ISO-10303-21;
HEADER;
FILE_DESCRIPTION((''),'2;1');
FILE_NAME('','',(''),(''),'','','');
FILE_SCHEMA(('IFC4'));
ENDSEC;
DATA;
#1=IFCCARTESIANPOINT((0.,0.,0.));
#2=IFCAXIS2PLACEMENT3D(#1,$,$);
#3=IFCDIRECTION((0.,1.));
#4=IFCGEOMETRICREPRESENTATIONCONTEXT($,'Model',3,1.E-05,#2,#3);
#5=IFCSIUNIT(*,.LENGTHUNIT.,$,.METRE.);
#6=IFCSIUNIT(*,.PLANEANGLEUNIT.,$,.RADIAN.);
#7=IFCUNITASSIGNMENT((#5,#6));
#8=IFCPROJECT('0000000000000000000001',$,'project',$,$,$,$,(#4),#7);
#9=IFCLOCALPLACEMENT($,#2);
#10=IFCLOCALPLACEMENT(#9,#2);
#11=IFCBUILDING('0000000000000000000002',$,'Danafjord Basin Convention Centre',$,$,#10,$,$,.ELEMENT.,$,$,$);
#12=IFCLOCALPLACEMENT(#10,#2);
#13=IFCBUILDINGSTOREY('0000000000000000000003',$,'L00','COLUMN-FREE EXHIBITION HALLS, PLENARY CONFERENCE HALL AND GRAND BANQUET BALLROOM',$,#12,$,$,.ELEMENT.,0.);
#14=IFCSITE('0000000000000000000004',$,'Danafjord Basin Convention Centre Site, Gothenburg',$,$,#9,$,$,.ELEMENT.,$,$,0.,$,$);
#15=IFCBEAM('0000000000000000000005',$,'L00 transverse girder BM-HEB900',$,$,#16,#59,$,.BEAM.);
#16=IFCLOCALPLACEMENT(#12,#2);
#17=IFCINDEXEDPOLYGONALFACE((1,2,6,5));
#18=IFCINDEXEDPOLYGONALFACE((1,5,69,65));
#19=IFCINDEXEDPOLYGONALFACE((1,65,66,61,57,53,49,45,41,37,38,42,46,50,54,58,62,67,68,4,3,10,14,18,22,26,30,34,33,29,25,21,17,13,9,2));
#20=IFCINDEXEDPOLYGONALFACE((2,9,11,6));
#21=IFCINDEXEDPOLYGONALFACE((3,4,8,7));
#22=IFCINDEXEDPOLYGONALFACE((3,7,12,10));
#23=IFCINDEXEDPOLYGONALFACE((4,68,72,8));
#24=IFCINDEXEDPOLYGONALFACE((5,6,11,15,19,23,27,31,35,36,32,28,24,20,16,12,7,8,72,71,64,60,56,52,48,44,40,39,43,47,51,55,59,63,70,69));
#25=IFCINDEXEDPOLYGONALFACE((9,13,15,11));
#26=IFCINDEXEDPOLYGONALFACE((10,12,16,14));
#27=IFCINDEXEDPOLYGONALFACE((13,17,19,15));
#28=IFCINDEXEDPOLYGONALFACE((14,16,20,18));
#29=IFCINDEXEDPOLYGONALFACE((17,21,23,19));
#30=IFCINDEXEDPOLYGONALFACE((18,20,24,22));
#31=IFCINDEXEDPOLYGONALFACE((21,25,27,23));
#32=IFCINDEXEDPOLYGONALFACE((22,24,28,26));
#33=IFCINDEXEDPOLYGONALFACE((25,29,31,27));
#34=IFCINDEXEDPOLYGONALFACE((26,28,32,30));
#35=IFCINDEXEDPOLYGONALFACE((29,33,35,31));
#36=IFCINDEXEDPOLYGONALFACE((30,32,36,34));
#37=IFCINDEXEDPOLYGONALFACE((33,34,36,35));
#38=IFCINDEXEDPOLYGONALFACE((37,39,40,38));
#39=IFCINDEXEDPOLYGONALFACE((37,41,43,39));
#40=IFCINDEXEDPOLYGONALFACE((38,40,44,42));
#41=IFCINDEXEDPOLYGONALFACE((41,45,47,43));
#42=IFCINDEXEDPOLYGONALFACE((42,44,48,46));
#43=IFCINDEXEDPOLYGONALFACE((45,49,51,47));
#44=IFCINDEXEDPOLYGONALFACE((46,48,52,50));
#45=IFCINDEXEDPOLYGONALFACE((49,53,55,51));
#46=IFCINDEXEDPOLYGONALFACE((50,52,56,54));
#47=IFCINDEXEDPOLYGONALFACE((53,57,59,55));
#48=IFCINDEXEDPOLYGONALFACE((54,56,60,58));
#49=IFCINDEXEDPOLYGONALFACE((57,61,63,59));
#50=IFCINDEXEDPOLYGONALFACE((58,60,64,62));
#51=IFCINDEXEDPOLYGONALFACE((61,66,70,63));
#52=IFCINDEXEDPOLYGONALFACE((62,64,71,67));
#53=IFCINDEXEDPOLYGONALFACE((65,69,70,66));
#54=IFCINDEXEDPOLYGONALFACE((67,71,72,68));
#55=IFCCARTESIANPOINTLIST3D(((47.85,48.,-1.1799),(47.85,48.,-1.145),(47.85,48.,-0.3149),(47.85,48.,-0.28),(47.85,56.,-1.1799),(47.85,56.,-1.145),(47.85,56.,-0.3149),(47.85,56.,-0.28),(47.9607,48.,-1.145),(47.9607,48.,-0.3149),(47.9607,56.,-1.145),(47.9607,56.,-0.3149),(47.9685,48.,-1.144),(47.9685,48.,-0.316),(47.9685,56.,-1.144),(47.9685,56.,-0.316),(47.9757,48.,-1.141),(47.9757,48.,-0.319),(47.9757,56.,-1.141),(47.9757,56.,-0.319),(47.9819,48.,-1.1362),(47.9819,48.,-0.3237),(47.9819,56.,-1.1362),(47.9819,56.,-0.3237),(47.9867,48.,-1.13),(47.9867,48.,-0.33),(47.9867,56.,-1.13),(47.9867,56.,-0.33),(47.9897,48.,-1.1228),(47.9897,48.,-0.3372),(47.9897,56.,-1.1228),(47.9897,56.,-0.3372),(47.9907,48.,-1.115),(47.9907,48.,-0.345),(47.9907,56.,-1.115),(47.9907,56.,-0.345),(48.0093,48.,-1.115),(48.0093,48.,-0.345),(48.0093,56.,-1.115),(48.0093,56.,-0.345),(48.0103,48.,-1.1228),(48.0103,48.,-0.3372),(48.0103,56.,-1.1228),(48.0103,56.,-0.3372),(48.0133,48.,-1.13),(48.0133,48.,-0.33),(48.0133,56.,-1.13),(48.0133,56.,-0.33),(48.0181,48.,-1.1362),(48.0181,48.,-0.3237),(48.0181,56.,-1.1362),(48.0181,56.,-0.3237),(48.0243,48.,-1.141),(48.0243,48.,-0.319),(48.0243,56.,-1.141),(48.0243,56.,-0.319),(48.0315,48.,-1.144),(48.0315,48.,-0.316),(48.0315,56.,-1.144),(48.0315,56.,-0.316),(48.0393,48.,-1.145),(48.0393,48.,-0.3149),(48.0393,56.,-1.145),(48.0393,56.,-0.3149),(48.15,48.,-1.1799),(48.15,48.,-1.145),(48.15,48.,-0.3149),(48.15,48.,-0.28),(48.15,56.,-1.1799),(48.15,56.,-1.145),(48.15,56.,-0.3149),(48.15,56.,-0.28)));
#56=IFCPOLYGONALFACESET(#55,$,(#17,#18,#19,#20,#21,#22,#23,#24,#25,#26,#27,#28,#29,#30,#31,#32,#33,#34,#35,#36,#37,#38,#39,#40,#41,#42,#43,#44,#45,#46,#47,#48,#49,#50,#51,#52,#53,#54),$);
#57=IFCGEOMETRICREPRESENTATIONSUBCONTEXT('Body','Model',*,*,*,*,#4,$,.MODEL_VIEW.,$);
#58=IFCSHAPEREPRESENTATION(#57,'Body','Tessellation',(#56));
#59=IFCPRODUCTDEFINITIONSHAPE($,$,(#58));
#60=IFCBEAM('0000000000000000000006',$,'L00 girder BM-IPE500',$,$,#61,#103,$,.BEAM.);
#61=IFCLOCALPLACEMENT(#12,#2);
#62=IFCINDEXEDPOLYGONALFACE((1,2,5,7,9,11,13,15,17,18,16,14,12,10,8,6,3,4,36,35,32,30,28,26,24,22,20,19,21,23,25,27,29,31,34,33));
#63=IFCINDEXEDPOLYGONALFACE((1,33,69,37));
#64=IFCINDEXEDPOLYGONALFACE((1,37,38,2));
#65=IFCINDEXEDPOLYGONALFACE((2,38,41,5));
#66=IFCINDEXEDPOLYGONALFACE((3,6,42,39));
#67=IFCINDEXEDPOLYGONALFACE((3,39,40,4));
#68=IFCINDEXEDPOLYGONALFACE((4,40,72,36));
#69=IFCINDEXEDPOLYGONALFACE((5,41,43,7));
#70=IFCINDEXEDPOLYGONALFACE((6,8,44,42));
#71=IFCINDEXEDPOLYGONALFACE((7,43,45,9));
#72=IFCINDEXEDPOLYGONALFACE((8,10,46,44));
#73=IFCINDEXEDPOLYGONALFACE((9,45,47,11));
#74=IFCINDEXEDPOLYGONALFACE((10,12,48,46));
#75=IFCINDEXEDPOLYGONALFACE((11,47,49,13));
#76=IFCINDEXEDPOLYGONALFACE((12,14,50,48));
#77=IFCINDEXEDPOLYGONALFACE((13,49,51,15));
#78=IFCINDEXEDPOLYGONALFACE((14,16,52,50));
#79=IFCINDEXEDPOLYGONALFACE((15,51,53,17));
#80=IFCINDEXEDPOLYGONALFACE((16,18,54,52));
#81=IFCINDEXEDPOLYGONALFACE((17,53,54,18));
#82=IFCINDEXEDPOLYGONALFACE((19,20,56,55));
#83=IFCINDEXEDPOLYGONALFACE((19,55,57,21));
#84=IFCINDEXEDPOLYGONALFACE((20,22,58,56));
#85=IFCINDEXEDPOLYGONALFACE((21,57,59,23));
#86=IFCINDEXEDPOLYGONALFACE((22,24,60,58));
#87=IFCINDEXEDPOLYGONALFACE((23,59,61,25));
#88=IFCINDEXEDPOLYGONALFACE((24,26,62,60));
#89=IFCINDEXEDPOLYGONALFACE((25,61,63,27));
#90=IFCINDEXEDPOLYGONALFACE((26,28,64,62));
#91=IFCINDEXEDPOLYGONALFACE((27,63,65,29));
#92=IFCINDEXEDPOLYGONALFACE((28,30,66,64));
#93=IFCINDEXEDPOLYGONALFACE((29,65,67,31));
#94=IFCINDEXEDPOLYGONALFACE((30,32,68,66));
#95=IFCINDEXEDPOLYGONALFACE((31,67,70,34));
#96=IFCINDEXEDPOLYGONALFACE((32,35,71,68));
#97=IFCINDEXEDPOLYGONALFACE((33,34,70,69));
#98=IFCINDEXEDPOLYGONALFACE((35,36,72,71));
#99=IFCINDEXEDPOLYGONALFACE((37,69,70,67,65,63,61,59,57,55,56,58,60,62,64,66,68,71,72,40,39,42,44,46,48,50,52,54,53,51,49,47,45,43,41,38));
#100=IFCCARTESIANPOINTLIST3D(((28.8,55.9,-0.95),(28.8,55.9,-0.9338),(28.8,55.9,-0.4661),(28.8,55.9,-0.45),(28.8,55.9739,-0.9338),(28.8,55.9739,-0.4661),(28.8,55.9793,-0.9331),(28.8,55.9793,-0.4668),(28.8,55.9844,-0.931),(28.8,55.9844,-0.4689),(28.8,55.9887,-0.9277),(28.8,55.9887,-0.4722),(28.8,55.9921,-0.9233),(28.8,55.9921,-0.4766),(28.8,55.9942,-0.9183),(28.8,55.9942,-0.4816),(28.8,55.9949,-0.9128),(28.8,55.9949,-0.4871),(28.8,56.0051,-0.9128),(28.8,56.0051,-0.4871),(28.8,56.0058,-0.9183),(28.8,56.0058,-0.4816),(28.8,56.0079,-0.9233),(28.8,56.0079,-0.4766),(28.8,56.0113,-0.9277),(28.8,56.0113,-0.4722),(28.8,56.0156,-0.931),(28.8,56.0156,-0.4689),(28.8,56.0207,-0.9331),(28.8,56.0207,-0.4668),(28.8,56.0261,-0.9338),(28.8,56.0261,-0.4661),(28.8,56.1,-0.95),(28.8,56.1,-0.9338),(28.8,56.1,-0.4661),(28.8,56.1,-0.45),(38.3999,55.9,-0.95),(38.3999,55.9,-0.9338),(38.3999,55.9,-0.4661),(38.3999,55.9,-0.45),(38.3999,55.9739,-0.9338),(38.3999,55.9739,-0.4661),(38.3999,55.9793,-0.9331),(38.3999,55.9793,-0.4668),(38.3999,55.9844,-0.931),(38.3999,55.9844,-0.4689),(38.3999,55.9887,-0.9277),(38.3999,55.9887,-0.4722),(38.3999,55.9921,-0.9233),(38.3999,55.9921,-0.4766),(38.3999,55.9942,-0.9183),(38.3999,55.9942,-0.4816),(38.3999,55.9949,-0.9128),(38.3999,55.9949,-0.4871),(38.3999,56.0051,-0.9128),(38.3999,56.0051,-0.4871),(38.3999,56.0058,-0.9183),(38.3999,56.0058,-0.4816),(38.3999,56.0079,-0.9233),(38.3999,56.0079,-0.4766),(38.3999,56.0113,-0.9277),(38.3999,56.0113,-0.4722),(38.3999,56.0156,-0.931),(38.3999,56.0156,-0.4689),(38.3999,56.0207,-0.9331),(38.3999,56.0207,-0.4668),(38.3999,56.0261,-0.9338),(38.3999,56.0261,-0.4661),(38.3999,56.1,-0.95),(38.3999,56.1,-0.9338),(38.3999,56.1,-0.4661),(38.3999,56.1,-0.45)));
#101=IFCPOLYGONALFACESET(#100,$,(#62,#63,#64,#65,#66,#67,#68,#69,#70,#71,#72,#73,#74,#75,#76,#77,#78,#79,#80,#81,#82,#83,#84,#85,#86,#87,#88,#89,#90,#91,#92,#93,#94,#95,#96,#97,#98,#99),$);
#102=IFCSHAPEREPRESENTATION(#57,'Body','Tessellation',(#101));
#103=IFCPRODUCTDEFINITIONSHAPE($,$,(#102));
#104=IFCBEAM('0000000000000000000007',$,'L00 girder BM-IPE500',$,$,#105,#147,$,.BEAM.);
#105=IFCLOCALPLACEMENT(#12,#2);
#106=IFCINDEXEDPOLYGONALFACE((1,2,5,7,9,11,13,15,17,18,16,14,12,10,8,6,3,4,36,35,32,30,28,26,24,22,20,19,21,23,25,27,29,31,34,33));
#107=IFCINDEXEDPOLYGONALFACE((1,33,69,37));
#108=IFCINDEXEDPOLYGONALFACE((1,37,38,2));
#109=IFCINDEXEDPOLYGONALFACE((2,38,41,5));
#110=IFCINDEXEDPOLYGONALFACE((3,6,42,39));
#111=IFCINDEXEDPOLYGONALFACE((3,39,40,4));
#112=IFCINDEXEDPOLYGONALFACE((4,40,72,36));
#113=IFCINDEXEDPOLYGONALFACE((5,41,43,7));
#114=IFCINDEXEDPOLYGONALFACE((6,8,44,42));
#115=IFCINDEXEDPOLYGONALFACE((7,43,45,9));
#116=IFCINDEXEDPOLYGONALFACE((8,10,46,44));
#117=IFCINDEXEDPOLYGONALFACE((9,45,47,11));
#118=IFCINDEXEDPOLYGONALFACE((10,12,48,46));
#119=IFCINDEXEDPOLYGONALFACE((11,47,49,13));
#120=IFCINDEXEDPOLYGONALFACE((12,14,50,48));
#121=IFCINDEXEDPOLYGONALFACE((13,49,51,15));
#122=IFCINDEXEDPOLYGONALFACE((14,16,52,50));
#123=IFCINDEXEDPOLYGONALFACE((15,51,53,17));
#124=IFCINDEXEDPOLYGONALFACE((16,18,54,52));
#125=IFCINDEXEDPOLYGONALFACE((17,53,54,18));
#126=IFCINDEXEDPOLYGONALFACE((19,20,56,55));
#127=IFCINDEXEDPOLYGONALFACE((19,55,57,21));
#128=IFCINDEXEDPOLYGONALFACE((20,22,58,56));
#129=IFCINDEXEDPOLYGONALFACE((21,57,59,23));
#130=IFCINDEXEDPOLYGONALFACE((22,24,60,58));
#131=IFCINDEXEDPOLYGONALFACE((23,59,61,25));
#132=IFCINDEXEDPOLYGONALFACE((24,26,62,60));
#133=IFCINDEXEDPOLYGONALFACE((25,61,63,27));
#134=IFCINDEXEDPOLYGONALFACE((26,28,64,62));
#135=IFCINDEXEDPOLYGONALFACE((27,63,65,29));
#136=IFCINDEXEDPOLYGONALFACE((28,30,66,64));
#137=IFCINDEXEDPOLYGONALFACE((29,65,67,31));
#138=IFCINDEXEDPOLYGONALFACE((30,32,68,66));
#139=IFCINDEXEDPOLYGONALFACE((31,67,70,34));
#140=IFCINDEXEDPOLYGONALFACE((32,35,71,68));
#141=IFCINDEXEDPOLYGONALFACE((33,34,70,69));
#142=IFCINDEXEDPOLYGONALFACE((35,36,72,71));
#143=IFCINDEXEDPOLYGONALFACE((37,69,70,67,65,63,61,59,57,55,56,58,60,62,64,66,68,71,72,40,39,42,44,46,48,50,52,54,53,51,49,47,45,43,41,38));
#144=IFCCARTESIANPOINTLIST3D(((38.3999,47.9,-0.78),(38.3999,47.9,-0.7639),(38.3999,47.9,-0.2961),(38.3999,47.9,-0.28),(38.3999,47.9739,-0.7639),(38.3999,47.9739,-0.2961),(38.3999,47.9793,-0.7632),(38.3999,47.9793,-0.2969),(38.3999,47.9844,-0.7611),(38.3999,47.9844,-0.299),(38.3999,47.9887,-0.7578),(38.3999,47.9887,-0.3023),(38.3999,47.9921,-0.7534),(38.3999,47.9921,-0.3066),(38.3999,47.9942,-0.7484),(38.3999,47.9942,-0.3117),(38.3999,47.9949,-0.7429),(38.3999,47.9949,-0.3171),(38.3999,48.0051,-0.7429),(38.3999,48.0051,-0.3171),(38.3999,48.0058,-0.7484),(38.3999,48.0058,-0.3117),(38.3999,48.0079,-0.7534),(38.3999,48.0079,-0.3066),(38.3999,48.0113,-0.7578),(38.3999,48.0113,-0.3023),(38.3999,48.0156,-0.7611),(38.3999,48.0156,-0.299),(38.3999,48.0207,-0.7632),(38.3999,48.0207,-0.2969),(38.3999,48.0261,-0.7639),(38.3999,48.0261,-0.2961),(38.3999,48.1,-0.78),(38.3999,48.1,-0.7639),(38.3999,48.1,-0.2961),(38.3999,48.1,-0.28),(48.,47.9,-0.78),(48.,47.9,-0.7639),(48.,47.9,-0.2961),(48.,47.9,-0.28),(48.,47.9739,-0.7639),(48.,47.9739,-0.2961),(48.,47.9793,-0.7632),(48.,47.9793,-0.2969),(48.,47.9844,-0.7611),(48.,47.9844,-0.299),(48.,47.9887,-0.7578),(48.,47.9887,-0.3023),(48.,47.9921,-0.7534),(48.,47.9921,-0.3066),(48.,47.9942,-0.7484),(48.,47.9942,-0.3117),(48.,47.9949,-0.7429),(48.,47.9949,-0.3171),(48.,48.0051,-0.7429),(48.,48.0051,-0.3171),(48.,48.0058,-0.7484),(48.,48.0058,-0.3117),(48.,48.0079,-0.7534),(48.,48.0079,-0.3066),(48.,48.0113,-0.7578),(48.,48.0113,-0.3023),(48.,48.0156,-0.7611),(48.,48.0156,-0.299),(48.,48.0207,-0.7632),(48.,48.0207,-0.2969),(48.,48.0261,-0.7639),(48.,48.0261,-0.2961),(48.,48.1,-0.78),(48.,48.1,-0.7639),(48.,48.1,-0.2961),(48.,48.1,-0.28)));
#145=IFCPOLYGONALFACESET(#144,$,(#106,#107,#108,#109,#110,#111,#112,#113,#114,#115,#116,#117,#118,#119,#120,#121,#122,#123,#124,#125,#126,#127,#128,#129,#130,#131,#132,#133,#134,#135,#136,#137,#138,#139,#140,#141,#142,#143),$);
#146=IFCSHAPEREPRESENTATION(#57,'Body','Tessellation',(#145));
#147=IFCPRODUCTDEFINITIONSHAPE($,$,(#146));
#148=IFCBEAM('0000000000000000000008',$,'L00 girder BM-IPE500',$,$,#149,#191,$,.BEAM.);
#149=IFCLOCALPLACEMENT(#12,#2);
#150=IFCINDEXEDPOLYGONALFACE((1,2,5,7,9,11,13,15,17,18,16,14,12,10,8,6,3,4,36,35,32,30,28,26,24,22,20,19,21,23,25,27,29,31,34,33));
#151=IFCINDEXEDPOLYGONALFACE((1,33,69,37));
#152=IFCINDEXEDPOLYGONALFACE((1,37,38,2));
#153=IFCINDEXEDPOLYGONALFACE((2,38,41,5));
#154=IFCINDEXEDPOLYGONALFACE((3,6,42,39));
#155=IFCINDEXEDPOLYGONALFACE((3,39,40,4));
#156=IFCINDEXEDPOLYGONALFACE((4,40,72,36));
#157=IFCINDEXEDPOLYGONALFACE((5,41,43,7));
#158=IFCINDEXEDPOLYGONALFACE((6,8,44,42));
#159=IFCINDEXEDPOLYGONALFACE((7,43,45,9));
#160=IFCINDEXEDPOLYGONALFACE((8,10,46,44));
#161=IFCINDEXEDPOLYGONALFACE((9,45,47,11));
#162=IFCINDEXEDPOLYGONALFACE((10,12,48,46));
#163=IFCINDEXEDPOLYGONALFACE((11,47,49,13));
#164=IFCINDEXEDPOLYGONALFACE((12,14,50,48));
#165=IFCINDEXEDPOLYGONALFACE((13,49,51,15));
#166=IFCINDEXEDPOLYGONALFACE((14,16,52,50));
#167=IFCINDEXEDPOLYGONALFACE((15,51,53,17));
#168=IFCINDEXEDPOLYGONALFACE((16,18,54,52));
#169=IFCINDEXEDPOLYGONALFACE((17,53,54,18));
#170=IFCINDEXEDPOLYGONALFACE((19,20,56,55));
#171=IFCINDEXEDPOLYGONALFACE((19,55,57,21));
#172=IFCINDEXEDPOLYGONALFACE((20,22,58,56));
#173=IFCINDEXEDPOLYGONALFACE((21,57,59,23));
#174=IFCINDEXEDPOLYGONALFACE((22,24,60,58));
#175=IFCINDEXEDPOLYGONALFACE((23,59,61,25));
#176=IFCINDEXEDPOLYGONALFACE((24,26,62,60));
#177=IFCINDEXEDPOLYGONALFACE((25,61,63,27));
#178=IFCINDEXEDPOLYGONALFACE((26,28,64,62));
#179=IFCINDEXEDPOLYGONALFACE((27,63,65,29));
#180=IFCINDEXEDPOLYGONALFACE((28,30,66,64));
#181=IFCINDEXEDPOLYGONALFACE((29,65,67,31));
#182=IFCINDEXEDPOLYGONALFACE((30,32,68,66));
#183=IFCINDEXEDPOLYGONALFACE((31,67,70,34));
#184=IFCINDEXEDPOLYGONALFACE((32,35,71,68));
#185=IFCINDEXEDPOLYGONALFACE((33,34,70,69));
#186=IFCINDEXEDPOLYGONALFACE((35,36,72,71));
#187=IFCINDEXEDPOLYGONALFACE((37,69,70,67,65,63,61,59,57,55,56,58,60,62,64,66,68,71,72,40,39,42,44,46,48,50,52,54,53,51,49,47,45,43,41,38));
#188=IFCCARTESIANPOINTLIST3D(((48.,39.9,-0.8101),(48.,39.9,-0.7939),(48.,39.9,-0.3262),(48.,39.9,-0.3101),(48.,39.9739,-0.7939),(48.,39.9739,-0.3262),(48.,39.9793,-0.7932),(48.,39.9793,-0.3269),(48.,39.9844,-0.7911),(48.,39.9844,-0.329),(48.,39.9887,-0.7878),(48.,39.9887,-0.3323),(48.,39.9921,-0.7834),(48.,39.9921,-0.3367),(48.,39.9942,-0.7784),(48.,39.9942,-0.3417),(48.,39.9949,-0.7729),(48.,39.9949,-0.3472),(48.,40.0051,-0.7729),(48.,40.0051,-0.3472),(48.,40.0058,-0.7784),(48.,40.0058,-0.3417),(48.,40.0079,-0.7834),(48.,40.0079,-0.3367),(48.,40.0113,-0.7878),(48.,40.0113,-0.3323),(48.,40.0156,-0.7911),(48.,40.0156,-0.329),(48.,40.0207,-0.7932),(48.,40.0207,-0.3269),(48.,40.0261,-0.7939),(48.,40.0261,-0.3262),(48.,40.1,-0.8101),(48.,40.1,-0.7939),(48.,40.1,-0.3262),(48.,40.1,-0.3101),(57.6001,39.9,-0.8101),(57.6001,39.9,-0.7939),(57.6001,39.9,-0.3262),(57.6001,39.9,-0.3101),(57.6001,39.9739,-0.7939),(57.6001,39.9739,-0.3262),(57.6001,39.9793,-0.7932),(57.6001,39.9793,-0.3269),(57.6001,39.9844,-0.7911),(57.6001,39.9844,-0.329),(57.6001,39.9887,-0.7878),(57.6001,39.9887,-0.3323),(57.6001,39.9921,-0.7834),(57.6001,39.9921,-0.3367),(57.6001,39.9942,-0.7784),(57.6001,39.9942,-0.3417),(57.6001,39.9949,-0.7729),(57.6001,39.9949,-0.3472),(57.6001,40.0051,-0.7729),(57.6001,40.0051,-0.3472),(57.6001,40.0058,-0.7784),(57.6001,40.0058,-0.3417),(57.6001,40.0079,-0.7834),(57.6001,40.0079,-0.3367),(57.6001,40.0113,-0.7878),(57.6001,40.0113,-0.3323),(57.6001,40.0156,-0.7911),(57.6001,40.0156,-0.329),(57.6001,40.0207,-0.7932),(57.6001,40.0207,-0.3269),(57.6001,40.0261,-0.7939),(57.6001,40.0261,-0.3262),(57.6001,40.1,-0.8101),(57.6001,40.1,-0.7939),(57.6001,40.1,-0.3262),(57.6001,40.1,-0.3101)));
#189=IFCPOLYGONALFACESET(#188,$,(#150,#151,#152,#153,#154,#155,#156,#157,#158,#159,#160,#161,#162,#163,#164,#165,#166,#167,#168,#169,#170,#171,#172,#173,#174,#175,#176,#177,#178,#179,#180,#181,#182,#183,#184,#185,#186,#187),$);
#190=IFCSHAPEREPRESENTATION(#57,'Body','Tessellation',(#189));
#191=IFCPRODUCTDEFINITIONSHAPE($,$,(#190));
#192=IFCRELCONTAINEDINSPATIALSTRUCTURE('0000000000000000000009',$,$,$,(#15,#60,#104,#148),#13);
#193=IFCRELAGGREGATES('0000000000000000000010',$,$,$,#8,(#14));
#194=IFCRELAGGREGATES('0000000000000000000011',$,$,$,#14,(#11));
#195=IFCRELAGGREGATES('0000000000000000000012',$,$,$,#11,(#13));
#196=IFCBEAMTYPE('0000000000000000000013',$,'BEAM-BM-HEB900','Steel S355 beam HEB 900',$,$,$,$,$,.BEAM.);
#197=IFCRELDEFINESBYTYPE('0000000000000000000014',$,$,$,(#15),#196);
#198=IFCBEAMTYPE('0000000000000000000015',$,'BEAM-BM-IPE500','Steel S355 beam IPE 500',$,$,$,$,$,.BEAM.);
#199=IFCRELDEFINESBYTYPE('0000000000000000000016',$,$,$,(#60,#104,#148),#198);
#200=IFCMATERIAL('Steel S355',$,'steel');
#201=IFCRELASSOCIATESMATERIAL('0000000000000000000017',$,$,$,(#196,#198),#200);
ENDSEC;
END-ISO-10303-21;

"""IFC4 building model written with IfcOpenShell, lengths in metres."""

from ifc_helpers import new_model, si_unit, direction, frame, origin, origin_2d, place, context, subcontext, project, spatial, i_section, extrude, material, material_profile, profile_set, type_object, element, save


model = new_model("IFC4")

# Units and contexts
model_context = context("Model", 3, precision=1e-05, world=origin(), true_north=direction((0.0, 1.0)))
body_context = subcontext(model_context, "Body", "Model", "MODEL_VIEW")
ifc_project = project(units=[si_unit("LENGTHUNIT", "METRE"), si_unit("PLANEANGLEUNIT", "RADIAN")], contexts=[model_context])

# Site, building, storey
site_placement = place(None, origin())
site = spatial("IfcSite", under=ifc_project, at=site_placement, Name="Danafjord Basin Convention Centre Site, Gothenburg", CompositionType="ELEMENT", RefElevation=0.0)
building_placement = place(site_placement, origin())
building = spatial("IfcBuilding", under=site, at=building_placement, Name="Danafjord Basin Convention Centre", CompositionType="ELEMENT")
storey_placement = place(building_placement, origin())
storey = spatial("IfcBuildingStorey", under=building, at=storey_placement, Name="L00", Description="COLUMN-FREE EXHIBITION HALLS, PLENARY CONFERENCE HALL AND GRAND BANQUET BALLROOM", CompositionType="ELEMENT", Elevation=0.0)

# Shared definitions
ifc_material_1 = material(Name="Steel S355", Category="steel")

# Beams
ifc_material_profile_1 = material_profile(ifc_material_1, i_section(OverallWidth=0.3, OverallDepth=0.8999, WebThickness=0.0186, FlangeThickness=0.0349, FilletRadius=0.03, at=origin_2d()), Name="HEB 900")
ifc_profile_set_1 = profile_set([ifc_material_profile_1], Name="Steel S355")
beam_type_1 = type_object("IfcBeamType", Name="BEAM-BM-HEB900", Description="Steel S355 beam HEB 900", PredefinedType="BEAM", material=ifc_profile_set_1)
beam_1_placement = place(storey_placement, frame((48.0, 48.0, -0.73), z_axis=(0.0, 1.0, 0.0), x_axis=(-1.0, 0.0, 0.0)))
element("IfcBeam", 1, at=beam_1_placement, inside=storey, type_object=beam_type_1, Name="L00 transverse girder BM-HEB900", PredefinedType="BEAM", context=body_context, shape_type="SweptSolid", body=[
    extrude(i_section(OverallWidth=0.3, OverallDepth=0.8999, WebThickness=0.0186, FlangeThickness=0.0349, FilletRadius=0.03, at=origin_2d()), origin(), (0.0, 0.0, 1.0), 8.0),
])
ifc_material_profile_2 = material_profile(ifc_material_1, i_section(OverallWidth=0.2, OverallDepth=0.5, WebThickness=0.0103, FlangeThickness=0.0161, FilletRadius=0.021, at=origin_2d()), Name="IPE 500")
ifc_profile_set_2 = profile_set([ifc_material_profile_2], Name="Steel S355")
beam_type_2 = type_object("IfcBeamType", Name="BEAM-BM-IPE500", Description="Steel S355 beam IPE 500", PredefinedType="BEAM", material=ifc_profile_set_2)
beam_2_placement = place(storey_placement, frame((28.8, 56.0, -0.7), z_axis=(1.0, 0.0, 0.0), x_axis=(0.0, 1.0, 0.0)))
element("IfcBeam", 2, at=beam_2_placement, inside=storey, type_object=beam_type_2, Name="L00 girder BM-IPE500", PredefinedType="BEAM", context=body_context, shape_type="SweptSolid", body=[
    extrude(i_section(OverallWidth=0.2, OverallDepth=0.5, WebThickness=0.0103, FlangeThickness=0.0161, FilletRadius=0.021, at=origin_2d()), origin(), (0.0, 0.0, 1.0), 9.5999),
])
for number, where, z_axis, x_axis, name in (
    (3, (38.3999, 48.0, -0.53), (1.0, 0.0, 0.0), (0.0, 1.0, 0.0), "L00 girder BM-IPE500"),
    (4, (48.0, 40.0, -0.5601), (1.0, 0.0, 0.0), (0.0, 1.0, 0.0), "L00 girder BM-IPE500"),
):
    element("IfcBeam", number, at=place(storey_placement, frame(where, z_axis=z_axis, x_axis=x_axis)), inside=storey, type_object=beam_type_2, Name=name, PredefinedType="BEAM", context=body_context, shape_type="SweptSolid", body=[
        extrude(i_section(OverallWidth=0.2, OverallDepth=0.5, WebThickness=0.0103, FlangeThickness=0.0161, FilletRadius=0.021, at=origin_2d()), origin(), (0.0, 0.0, 1.0), 9.6001),
    ])

save(model, "model.ifc")
